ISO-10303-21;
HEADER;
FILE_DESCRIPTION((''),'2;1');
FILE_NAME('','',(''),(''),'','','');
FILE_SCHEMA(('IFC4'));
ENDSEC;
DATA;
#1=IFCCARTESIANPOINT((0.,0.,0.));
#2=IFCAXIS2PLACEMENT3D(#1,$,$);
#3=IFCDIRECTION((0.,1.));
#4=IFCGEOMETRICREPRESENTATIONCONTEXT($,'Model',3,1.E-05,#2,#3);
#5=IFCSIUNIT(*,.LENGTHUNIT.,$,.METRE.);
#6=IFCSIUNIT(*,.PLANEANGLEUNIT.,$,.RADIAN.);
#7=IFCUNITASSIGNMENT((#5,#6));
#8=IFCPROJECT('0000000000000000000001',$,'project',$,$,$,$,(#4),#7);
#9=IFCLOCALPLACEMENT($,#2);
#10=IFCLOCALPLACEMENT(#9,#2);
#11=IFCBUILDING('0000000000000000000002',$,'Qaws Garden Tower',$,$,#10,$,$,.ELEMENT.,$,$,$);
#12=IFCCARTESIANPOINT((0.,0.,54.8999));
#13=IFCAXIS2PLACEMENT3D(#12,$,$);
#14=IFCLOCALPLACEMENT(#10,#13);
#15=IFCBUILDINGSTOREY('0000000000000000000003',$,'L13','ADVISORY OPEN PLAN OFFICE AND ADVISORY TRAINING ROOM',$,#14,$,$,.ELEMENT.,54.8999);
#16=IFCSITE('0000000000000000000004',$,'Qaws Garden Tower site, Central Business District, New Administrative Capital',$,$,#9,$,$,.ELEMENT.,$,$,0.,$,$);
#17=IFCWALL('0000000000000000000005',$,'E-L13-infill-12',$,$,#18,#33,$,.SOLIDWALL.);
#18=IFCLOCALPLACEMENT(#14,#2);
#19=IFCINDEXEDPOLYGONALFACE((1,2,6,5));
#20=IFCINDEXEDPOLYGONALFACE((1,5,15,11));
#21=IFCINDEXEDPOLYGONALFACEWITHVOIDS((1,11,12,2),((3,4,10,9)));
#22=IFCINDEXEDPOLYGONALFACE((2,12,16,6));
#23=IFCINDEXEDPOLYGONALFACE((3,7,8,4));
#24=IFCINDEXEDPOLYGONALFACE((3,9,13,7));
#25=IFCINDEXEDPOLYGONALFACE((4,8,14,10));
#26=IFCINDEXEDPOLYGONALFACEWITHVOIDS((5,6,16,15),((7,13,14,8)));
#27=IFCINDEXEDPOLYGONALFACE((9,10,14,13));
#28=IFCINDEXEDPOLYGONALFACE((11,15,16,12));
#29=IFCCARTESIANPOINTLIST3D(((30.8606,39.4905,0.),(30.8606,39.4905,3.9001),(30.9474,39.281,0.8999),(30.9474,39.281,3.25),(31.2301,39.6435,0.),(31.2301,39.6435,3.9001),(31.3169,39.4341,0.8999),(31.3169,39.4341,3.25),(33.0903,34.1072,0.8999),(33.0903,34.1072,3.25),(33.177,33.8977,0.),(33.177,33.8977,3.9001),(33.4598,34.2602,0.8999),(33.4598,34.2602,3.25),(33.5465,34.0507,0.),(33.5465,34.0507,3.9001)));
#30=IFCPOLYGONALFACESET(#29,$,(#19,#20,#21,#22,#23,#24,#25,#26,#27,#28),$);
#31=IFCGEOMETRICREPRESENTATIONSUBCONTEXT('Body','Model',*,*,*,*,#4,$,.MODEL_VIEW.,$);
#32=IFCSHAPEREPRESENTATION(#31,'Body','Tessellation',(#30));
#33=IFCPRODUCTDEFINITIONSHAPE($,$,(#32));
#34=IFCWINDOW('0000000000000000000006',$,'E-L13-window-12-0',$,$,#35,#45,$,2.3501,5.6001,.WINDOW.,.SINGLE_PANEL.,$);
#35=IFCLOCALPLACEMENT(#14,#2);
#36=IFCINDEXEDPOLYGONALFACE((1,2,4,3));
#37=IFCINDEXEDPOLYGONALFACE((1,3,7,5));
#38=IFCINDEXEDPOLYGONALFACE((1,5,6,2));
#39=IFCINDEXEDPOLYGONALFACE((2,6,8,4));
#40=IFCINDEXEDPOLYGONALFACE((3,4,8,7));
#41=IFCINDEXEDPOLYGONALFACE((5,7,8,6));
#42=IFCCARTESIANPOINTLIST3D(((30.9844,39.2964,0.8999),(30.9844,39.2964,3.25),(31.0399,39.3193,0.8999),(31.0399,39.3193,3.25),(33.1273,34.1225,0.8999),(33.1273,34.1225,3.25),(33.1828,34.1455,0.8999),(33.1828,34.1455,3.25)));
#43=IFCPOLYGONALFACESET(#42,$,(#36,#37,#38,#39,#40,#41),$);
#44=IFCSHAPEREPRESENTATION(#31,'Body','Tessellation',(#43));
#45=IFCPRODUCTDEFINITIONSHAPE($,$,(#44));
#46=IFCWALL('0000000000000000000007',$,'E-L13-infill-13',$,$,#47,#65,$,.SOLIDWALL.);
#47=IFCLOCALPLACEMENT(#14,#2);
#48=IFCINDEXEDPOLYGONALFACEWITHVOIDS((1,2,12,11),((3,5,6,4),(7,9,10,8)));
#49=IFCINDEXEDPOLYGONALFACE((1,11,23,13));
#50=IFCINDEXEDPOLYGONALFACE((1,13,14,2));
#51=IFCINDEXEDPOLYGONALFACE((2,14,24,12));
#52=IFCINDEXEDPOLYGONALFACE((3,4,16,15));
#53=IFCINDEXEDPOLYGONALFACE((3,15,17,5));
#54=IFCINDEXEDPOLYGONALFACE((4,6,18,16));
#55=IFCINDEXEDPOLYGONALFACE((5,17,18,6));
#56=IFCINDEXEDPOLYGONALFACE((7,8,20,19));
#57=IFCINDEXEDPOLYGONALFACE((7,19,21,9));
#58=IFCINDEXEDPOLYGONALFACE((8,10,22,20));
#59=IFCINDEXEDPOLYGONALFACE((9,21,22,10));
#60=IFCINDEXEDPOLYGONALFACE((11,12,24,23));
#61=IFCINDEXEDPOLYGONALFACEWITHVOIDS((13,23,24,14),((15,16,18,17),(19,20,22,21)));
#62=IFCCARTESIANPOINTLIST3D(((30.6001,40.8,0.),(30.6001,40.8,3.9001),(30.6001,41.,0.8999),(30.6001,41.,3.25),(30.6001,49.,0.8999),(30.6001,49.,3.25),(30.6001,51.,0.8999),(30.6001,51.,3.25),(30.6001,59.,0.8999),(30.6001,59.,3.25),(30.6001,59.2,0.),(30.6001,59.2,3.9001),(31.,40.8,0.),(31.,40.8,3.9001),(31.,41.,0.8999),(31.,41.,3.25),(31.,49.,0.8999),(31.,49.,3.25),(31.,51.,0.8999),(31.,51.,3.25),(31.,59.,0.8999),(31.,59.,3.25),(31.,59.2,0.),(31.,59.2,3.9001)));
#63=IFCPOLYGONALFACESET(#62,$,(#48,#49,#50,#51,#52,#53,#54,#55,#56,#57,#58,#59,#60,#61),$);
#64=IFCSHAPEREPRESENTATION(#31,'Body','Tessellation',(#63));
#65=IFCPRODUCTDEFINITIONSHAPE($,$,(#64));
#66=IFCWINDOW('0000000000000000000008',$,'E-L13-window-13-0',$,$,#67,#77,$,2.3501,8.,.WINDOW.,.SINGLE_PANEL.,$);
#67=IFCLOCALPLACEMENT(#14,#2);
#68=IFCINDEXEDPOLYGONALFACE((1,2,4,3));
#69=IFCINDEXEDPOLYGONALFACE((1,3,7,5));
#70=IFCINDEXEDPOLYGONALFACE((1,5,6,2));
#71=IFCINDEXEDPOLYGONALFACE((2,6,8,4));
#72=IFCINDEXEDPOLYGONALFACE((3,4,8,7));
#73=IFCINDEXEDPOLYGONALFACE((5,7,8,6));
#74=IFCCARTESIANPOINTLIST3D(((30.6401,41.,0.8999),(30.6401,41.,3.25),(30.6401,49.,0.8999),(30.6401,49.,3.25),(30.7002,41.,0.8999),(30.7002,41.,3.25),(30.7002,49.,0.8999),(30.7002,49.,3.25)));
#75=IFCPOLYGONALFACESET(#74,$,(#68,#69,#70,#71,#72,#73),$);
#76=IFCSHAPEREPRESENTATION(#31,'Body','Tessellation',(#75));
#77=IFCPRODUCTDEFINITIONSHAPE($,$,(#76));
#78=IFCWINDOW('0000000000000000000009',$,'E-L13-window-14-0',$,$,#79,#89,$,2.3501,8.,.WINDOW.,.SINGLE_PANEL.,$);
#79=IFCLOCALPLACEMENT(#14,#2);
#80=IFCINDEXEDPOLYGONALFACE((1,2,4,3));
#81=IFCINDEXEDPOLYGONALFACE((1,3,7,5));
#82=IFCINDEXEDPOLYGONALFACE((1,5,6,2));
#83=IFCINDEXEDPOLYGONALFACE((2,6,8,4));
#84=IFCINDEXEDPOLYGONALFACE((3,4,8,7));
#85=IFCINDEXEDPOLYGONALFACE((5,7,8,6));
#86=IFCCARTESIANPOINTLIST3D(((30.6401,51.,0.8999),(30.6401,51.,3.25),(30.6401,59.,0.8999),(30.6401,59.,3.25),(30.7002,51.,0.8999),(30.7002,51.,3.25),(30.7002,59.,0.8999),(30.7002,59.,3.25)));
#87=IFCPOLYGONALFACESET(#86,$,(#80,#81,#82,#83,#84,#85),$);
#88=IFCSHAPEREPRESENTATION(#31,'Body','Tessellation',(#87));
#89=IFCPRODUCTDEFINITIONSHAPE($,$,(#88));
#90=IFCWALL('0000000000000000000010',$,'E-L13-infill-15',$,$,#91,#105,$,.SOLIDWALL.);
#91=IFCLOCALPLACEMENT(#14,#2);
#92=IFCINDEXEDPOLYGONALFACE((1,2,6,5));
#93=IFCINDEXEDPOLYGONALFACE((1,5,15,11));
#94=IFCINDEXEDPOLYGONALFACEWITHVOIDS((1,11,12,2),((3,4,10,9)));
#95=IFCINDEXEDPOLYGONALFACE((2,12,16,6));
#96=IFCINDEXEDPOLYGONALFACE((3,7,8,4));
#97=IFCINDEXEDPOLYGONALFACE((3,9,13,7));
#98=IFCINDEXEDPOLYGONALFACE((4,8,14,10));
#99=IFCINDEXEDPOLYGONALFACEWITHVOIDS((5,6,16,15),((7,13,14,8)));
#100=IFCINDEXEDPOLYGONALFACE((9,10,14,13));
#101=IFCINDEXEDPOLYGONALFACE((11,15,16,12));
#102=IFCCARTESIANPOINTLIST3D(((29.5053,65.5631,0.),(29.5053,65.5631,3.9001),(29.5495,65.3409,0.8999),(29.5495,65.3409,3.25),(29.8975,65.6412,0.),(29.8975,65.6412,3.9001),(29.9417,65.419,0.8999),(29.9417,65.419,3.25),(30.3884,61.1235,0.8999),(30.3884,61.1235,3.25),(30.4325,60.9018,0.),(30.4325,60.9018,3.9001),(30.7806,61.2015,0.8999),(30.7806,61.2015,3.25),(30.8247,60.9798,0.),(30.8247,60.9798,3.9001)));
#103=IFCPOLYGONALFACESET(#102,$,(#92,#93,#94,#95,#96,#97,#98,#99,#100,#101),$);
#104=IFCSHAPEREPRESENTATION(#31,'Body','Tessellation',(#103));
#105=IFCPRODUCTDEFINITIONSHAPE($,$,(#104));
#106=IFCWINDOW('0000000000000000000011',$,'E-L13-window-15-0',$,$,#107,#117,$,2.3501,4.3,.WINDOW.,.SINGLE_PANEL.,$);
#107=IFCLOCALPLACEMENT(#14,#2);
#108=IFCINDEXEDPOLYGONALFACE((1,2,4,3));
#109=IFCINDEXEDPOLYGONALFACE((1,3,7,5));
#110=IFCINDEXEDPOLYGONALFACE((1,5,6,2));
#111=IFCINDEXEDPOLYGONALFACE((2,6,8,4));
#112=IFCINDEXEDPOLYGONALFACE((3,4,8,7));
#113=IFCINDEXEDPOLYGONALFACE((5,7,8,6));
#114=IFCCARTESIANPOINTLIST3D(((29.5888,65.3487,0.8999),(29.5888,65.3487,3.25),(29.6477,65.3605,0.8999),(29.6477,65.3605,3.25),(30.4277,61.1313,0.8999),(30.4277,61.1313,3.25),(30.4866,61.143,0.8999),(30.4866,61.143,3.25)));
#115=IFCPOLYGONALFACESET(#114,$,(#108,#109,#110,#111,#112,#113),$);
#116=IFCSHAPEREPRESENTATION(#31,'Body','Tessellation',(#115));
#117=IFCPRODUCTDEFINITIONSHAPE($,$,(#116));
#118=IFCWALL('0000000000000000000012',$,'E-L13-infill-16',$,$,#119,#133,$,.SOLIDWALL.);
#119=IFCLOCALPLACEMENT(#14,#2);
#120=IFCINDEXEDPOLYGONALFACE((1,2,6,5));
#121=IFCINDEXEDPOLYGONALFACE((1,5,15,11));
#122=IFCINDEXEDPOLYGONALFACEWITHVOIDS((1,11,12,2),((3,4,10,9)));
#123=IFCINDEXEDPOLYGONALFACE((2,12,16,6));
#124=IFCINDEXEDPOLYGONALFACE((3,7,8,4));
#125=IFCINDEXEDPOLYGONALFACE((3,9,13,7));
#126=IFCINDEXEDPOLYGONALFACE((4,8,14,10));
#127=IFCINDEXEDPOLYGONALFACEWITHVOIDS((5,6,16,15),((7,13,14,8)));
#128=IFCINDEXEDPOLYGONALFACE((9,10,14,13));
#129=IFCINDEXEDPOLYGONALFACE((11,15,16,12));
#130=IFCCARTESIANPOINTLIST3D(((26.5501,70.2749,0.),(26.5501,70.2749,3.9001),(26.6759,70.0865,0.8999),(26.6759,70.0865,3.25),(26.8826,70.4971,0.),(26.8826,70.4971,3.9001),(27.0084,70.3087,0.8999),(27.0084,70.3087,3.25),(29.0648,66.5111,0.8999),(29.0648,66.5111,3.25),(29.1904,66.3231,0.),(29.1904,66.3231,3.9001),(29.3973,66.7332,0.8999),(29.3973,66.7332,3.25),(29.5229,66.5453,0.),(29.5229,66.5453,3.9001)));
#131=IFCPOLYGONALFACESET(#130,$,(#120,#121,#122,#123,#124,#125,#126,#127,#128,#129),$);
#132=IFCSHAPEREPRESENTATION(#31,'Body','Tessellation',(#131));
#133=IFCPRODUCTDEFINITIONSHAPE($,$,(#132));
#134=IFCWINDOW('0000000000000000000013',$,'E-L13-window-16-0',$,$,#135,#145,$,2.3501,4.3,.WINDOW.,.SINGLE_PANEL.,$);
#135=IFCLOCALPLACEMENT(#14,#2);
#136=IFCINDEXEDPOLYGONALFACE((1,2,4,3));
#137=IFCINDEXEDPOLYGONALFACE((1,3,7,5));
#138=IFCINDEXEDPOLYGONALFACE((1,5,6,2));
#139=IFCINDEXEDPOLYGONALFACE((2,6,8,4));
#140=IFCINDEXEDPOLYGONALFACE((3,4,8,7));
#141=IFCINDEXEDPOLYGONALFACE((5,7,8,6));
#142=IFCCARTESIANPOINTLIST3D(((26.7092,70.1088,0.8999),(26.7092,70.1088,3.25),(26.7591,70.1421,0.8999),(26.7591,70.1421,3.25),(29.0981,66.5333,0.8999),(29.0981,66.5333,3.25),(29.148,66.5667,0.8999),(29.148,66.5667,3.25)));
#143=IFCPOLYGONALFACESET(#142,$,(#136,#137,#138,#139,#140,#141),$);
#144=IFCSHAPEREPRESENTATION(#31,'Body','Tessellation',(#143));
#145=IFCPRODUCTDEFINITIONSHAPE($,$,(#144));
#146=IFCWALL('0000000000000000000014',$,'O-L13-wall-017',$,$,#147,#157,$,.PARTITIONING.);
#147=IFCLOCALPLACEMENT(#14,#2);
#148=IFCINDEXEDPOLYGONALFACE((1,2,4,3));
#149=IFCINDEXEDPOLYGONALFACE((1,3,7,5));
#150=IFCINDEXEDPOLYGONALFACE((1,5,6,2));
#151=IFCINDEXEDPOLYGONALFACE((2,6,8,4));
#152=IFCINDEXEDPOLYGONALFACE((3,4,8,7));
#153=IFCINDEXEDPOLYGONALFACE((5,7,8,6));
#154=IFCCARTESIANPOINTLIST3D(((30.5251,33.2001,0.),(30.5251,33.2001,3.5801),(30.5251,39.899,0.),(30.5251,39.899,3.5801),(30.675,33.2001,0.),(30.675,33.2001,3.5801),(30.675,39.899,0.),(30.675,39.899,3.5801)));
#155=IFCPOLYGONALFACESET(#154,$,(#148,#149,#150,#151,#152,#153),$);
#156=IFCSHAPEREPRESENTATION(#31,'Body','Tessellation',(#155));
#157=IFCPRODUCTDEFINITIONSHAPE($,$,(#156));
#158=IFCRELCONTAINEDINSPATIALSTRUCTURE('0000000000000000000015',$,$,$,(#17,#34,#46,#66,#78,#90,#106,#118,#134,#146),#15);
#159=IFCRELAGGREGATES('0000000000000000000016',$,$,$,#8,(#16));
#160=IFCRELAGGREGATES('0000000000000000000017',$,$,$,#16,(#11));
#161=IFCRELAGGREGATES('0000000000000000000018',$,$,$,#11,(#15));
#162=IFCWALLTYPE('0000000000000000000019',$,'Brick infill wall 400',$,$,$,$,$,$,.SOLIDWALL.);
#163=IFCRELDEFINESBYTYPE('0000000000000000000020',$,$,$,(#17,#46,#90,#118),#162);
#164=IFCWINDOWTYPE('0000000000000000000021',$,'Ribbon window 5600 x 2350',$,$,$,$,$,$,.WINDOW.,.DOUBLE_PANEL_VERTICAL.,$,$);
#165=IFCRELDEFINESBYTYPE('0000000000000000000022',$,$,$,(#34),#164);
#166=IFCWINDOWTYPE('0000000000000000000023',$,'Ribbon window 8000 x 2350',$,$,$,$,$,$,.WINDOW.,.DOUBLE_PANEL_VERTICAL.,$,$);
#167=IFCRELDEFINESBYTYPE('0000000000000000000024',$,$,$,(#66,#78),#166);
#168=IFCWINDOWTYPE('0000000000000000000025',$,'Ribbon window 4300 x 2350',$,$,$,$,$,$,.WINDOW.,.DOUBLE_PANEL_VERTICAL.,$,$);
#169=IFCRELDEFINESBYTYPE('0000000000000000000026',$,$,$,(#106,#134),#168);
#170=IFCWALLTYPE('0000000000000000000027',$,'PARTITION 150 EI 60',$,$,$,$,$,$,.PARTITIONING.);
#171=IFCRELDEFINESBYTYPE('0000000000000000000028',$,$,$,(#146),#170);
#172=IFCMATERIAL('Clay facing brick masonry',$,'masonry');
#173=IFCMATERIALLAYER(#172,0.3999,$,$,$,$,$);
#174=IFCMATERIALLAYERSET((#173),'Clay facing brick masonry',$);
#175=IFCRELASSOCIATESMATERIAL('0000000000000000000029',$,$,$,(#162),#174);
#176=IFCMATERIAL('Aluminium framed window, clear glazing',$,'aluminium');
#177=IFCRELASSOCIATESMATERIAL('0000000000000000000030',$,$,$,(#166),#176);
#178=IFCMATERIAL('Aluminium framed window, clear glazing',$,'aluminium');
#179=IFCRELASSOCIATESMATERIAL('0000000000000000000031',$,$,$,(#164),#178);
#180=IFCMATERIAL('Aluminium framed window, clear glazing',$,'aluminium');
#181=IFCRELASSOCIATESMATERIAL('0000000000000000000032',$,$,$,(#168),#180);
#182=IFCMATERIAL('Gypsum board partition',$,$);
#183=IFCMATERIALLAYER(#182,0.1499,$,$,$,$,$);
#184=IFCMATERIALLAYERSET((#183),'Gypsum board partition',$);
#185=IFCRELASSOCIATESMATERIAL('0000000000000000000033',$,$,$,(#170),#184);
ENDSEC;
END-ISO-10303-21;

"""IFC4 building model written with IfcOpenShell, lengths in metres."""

from ifc_helpers import new_model, si_unit, direction, frame, frame_2d, origin, place, context, subcontext, project, spatial, rectangle, extrude, material, layer, layer_set, type_object, element, fill, save


model = new_model("IFC4")

# Units and contexts
model_context = context("Model", 3, precision=1e-05, world=origin(), true_north=direction((0.0, 1.0)))
body_context = subcontext(model_context, "Body", "Model", "MODEL_VIEW")
ifc_project = project(units=[si_unit("LENGTHUNIT", "METRE"), si_unit("PLANEANGLEUNIT", "RADIAN")], contexts=[model_context])

# Site, building, storey
site_placement = place(None, origin())
site = spatial("IfcSite", under=ifc_project, at=site_placement, Name="Qaws Garden Tower site, Central Business District, New Administrative Capital", CompositionType="ELEMENT", RefElevation=0.0)
building_placement = place(site_placement, origin())
building = spatial("IfcBuilding", under=site, at=building_placement, Name="Qaws Garden Tower", CompositionType="ELEMENT")
storey_placement = place(building_placement, frame((0.0, 0.0, 54.8999)))
storey = spatial("IfcBuildingStorey", under=building, at=storey_placement, Name="L13", Description="ADVISORY OPEN PLAN OFFICE AND ADVISORY TRAINING ROOM", CompositionType="ELEMENT", Elevation=54.8999)

# Shared definitions
ifc_material_1 = material(Name="Clay facing brick masonry", Category="masonry")
ifc_layer_1 = layer(ifc_material_1, 0.3999)
ifc_layer_set_1 = layer_set([ifc_layer_1], Name="Clay facing brick masonry")
wall_type_1 = type_object("IfcWallType", Name="Brick infill wall 400", PredefinedType="SOLIDWALL", material=ifc_layer_set_1)
ifc_material_2 = material(Name="Aluminium framed window, clear glazing", Category="aluminium")
window_type_1 = type_object("IfcWindowType", Name="Ribbon window 8000 x 2350", PartitioningType="DOUBLE_PANEL_VERTICAL", PredefinedType="WINDOW", material=ifc_material_2)

# Wall, opening, window
ifc_material_3 = material(Name="Aluminium framed window, clear glazing", Category="aluminium")
window_type_2 = type_object("IfcWindowType", Name="Ribbon window 5600 x 2350", PartitioningType="DOUBLE_PANEL_VERTICAL", PredefinedType="WINDOW", material=ifc_material_3)
wall_1_placement = place(storey_placement, frame((33.3618, 33.9741, 0.0), z_axis=(0.0, 0.0, 1.0), x_axis=(-0.382656, 0.923891, 0.0)))
wall_1 = element("IfcWall", 1, at=wall_1_placement, inside=storey, type_object=wall_type_1, Name="E-L13-infill-12", PredefinedType="SOLIDWALL", context=body_context, shape_type="SweptSolid", body=[
    extrude(rectangle(XDim=6.0535, YDim=0.3999, at=frame_2d((3.0269, 0.0))), origin(), (0.0, 0.0, 1.0), 3.9001),
])
opening_1_placement = place(wall_1_placement, frame((0.2268, 0.0, 0.8999)))
opening_1 = element("IfcOpeningElement", 2, at=opening_1_placement, cuts=wall_1, PredefinedType="OPENING", context=body_context, shape_type="SweptSolid", body=[
    extrude(rectangle(XDim=5.6001, YDim=2.3501, at=frame_2d((2.8, 1.175))), frame((0.0, 0.21, 0.0), z_axis=(0.0, -1.0, 0.0), x_axis=(1.0, 0.0, 0.0)), (0.0, 0.0, 1.0), 0.4199),
])
window_1_placement = place(opening_1_placement, origin())
window_1 = element("IfcWindow", 3, at=window_1_placement, inside=storey, type_object=window_type_2, Name="E-L13-window-12-0", OverallHeight=2.3501, OverallWidth=5.6001, PartitioningType="SINGLE_PANEL", PredefinedType="WINDOW", context=body_context, shape_type="SweptSolid", body=[
    extrude(rectangle(XDim=5.6001, YDim=2.3501, at=frame_2d((2.8, 1.175))), frame((0.0, 0.1599, 0.0), z_axis=(0.0, -1.0, 0.0), x_axis=(1.0, 0.0, 0.0)), (0.0, 0.0, 1.0), 0.0601),
])
fill(opening_1, window_1)

# Wall, openings, windows
wall_2_placement = place(storey_placement, frame((30.8, 40.8, 0.0), z_axis=(0.0, 0.0, 1.0), x_axis=(0.0, 1.0, 0.0)))
wall_2 = element("IfcWall", 4, at=wall_2_placement, inside=storey, type_object=wall_type_1, Name="E-L13-infill-13", PredefinedType="SOLIDWALL", context=body_context, shape_type="SweptSolid", body=[
    extrude(rectangle(XDim=18.3999, YDim=0.3999, at=frame_2d((9.2, 0.0))), origin(), (0.0, 0.0, 1.0), 3.9001),
])
opening_2_placement = place(wall_2_placement, frame((0.2, 0.0, 0.8999)))
opening_2 = element("IfcOpeningElement", 5, at=opening_2_placement, cuts=wall_2, PredefinedType="OPENING", context=body_context, shape_type="SweptSolid", body=[
    extrude(rectangle(XDim=8.0, YDim=2.3501, at=frame_2d((4.0, 1.175))), frame((0.0, 0.21, 0.0), z_axis=(0.0, -1.0, 0.0), x_axis=(1.0, 0.0, 0.0)), (0.0, 0.0, 1.0), 0.4199),
])
opening_3_placement = place(wall_2_placement, frame((10.2, 0.0, 0.8999)))
opening_3 = element("IfcOpeningElement", 6, at=opening_3_placement, cuts=wall_2, PredefinedType="OPENING", context=body_context, shape_type="SweptSolid", body=[
    extrude(rectangle(XDim=8.0, YDim=2.3501, at=frame_2d((4.0, 1.175))), frame((0.0, 0.21, 0.0), z_axis=(0.0, -1.0, 0.0), x_axis=(1.0, 0.0, 0.0)), (0.0, 0.0, 1.0), 0.4199),
])
window_2_placement = place(opening_2_placement, origin())
window_2 = element("IfcWindow", 7, at=window_2_placement, inside=storey, type_object=window_type_1, Name="E-L13-window-13-0", OverallHeight=2.3501, OverallWidth=8.0, PartitioningType="SINGLE_PANEL", PredefinedType="WINDOW", context=body_context, shape_type="SweptSolid", body=[
    extrude(rectangle(XDim=8.0, YDim=2.3501, at=frame_2d((4.0, 1.175))), frame((0.0, 0.1599, 0.0), z_axis=(0.0, -1.0, 0.0), x_axis=(1.0, 0.0, 0.0)), (0.0, 0.0, 1.0), 0.0601),
])
fill(opening_2, window_2)
window_3_placement = place(opening_3_placement, origin())
window_3 = element("IfcWindow", 8, at=window_3_placement, inside=storey, type_object=window_type_1, Name="E-L13-window-14-0", OverallHeight=2.3501, OverallWidth=8.0, PartitioningType="SINGLE_PANEL", PredefinedType="WINDOW", context=body_context, shape_type="SweptSolid", body=[
    extrude(rectangle(XDim=8.0, YDim=2.3501, at=frame_2d((4.0, 1.175))), frame((0.0, 0.1599, 0.0), z_axis=(0.0, -1.0, 0.0), x_axis=(1.0, 0.0, 0.0)), (0.0, 0.0, 1.0), 0.0601),
])
fill(opening_3, window_3)

# Walls, openings, windows
wall_3_placement = place(storey_placement, frame((30.6287, 60.9407, 0.0), z_axis=(0.0, 0.0, 1.0), x_axis=(-0.195099, 0.980784, 0.0)))
wall_3 = element("IfcWall", 9, at=wall_3_placement, inside=storey, type_object=wall_type_1, Name="E-L13-infill-15", PredefinedType="SOLIDWALL", context=body_context, shape_type="SweptSolid", body=[
    extrude(rectangle(XDim=4.7527, YDim=0.3999, at=frame_2d((2.3765, 0.0))), origin(), (0.0, 0.0, 1.0), 3.9001),
])
opening_4_placement = place(wall_3_placement, frame((0.2263, 0.0, 0.8999)))
opening_4 = element("IfcOpeningElement", 10, at=opening_4_placement, cuts=wall_3, PredefinedType="OPENING", context=body_context, shape_type="SweptSolid", body=[
    extrude(rectangle(XDim=4.3, YDim=2.3501, at=frame_2d((2.1499, 1.175))), frame((0.0, 0.21, 0.0), z_axis=(0.0, -1.0, 0.0), x_axis=(1.0, 0.0, 0.0)), (0.0, 0.0, 1.0), 0.4199),
])
ifc_material_4 = material(Name="Aluminium framed window, clear glazing", Category="aluminium")
window_type_3 = type_object("IfcWindowType", Name="Ribbon window 4300 x 2350", PartitioningType="DOUBLE_PANEL_VERTICAL", PredefinedType="WINDOW", material=ifc_material_4)
window_4_placement = place(opening_4_placement, origin())
window_4 = element("IfcWindow", 11, at=window_4_placement, inside=storey, type_object=window_type_3, Name="E-L13-window-15-0", OverallHeight=2.3501, OverallWidth=4.3, PartitioningType="SINGLE_PANEL", PredefinedType="WINDOW", context=body_context, shape_type="SweptSolid", body=[
    extrude(rectangle(XDim=4.3, YDim=2.3501, at=frame_2d((2.1499, 1.175))), frame((0.0, 0.1599, 0.0), z_axis=(0.0, -1.0, 0.0), x_axis=(1.0, 0.0, 0.0)), (0.0, 0.0, 1.0), 0.0601),
])
fill(opening_4, window_4)
wall_4_placement = place(storey_placement, frame((29.3567, 66.4341, 0.0), z_axis=(0.0, 0.0, 1.0), x_axis=(-0.555542, 0.831489, 0.0)))
wall_4 = element("IfcWall", 12, at=wall_4_placement, inside=storey, type_object=wall_type_1, Name="E-L13-infill-16", PredefinedType="SOLIDWALL", context=body_context, shape_type="SweptSolid", body=[
    extrude(rectangle(XDim=4.7527, YDim=0.3999, at=frame_2d((2.3765, 0.0))), origin(), (0.0, 0.0, 1.0), 3.9001),
])
opening_5_placement = place(wall_4_placement, frame((0.2263, 0.0, 0.8999)))
opening_5 = element("IfcOpeningElement", 13, at=opening_5_placement, cuts=wall_4, PredefinedType="OPENING", context=body_context, shape_type="SweptSolid", body=[
    extrude(rectangle(XDim=4.3, YDim=2.3501, at=frame_2d((2.1499, 1.175))), frame((0.0, 0.21, 0.0), z_axis=(0.0, -1.0, 0.0), x_axis=(1.0, 0.0, 0.0)), (0.0, 0.0, 1.0), 0.4199),
])
window_5_placement = place(opening_5_placement, origin())
window_5 = element("IfcWindow", 14, at=window_5_placement, inside=storey, type_object=window_type_3, Name="E-L13-window-16-0", OverallHeight=2.3501, OverallWidth=4.3, PartitioningType="SINGLE_PANEL", PredefinedType="WINDOW", context=body_context, shape_type="SweptSolid", body=[
    extrude(rectangle(XDim=4.3, YDim=2.3501, at=frame_2d((2.1499, 1.175))), frame((0.0, 0.1599, 0.0), z_axis=(0.0, -1.0, 0.0), x_axis=(1.0, 0.0, 0.0)), (0.0, 0.0, 1.0), 0.0601),
])
fill(opening_5, window_5)

# Wall
ifc_material_5 = material(Name="Gypsum board partition")
ifc_layer_2 = layer(ifc_material_5, 0.1499)
ifc_layer_set_2 = layer_set([ifc_layer_2], Name="Gypsum board partition")
wall_type_2 = type_object("IfcWallType", Name="PARTITION 150 EI 60", PredefinedType="PARTITIONING", material=ifc_layer_set_2)
wall_5_placement = place(storey_placement, frame((30.6001, 33.2, 0.0), z_axis=(0.0, 0.0, 1.0), x_axis=(0.0, 1.0, 0.0)))
element("IfcWall", 15, at=wall_5_placement, inside=storey, type_object=wall_type_2, Name="O-L13-wall-017", PredefinedType="PARTITIONING", context=body_context, shape_type="SweptSolid", body=[
    extrude(rectangle(XDim=6.699, YDim=0.1499, at=frame_2d((3.3496, 0.0))), origin(), (0.0, 0.0, 1.0), 3.5801),
])

save(model, "model.ifc")
